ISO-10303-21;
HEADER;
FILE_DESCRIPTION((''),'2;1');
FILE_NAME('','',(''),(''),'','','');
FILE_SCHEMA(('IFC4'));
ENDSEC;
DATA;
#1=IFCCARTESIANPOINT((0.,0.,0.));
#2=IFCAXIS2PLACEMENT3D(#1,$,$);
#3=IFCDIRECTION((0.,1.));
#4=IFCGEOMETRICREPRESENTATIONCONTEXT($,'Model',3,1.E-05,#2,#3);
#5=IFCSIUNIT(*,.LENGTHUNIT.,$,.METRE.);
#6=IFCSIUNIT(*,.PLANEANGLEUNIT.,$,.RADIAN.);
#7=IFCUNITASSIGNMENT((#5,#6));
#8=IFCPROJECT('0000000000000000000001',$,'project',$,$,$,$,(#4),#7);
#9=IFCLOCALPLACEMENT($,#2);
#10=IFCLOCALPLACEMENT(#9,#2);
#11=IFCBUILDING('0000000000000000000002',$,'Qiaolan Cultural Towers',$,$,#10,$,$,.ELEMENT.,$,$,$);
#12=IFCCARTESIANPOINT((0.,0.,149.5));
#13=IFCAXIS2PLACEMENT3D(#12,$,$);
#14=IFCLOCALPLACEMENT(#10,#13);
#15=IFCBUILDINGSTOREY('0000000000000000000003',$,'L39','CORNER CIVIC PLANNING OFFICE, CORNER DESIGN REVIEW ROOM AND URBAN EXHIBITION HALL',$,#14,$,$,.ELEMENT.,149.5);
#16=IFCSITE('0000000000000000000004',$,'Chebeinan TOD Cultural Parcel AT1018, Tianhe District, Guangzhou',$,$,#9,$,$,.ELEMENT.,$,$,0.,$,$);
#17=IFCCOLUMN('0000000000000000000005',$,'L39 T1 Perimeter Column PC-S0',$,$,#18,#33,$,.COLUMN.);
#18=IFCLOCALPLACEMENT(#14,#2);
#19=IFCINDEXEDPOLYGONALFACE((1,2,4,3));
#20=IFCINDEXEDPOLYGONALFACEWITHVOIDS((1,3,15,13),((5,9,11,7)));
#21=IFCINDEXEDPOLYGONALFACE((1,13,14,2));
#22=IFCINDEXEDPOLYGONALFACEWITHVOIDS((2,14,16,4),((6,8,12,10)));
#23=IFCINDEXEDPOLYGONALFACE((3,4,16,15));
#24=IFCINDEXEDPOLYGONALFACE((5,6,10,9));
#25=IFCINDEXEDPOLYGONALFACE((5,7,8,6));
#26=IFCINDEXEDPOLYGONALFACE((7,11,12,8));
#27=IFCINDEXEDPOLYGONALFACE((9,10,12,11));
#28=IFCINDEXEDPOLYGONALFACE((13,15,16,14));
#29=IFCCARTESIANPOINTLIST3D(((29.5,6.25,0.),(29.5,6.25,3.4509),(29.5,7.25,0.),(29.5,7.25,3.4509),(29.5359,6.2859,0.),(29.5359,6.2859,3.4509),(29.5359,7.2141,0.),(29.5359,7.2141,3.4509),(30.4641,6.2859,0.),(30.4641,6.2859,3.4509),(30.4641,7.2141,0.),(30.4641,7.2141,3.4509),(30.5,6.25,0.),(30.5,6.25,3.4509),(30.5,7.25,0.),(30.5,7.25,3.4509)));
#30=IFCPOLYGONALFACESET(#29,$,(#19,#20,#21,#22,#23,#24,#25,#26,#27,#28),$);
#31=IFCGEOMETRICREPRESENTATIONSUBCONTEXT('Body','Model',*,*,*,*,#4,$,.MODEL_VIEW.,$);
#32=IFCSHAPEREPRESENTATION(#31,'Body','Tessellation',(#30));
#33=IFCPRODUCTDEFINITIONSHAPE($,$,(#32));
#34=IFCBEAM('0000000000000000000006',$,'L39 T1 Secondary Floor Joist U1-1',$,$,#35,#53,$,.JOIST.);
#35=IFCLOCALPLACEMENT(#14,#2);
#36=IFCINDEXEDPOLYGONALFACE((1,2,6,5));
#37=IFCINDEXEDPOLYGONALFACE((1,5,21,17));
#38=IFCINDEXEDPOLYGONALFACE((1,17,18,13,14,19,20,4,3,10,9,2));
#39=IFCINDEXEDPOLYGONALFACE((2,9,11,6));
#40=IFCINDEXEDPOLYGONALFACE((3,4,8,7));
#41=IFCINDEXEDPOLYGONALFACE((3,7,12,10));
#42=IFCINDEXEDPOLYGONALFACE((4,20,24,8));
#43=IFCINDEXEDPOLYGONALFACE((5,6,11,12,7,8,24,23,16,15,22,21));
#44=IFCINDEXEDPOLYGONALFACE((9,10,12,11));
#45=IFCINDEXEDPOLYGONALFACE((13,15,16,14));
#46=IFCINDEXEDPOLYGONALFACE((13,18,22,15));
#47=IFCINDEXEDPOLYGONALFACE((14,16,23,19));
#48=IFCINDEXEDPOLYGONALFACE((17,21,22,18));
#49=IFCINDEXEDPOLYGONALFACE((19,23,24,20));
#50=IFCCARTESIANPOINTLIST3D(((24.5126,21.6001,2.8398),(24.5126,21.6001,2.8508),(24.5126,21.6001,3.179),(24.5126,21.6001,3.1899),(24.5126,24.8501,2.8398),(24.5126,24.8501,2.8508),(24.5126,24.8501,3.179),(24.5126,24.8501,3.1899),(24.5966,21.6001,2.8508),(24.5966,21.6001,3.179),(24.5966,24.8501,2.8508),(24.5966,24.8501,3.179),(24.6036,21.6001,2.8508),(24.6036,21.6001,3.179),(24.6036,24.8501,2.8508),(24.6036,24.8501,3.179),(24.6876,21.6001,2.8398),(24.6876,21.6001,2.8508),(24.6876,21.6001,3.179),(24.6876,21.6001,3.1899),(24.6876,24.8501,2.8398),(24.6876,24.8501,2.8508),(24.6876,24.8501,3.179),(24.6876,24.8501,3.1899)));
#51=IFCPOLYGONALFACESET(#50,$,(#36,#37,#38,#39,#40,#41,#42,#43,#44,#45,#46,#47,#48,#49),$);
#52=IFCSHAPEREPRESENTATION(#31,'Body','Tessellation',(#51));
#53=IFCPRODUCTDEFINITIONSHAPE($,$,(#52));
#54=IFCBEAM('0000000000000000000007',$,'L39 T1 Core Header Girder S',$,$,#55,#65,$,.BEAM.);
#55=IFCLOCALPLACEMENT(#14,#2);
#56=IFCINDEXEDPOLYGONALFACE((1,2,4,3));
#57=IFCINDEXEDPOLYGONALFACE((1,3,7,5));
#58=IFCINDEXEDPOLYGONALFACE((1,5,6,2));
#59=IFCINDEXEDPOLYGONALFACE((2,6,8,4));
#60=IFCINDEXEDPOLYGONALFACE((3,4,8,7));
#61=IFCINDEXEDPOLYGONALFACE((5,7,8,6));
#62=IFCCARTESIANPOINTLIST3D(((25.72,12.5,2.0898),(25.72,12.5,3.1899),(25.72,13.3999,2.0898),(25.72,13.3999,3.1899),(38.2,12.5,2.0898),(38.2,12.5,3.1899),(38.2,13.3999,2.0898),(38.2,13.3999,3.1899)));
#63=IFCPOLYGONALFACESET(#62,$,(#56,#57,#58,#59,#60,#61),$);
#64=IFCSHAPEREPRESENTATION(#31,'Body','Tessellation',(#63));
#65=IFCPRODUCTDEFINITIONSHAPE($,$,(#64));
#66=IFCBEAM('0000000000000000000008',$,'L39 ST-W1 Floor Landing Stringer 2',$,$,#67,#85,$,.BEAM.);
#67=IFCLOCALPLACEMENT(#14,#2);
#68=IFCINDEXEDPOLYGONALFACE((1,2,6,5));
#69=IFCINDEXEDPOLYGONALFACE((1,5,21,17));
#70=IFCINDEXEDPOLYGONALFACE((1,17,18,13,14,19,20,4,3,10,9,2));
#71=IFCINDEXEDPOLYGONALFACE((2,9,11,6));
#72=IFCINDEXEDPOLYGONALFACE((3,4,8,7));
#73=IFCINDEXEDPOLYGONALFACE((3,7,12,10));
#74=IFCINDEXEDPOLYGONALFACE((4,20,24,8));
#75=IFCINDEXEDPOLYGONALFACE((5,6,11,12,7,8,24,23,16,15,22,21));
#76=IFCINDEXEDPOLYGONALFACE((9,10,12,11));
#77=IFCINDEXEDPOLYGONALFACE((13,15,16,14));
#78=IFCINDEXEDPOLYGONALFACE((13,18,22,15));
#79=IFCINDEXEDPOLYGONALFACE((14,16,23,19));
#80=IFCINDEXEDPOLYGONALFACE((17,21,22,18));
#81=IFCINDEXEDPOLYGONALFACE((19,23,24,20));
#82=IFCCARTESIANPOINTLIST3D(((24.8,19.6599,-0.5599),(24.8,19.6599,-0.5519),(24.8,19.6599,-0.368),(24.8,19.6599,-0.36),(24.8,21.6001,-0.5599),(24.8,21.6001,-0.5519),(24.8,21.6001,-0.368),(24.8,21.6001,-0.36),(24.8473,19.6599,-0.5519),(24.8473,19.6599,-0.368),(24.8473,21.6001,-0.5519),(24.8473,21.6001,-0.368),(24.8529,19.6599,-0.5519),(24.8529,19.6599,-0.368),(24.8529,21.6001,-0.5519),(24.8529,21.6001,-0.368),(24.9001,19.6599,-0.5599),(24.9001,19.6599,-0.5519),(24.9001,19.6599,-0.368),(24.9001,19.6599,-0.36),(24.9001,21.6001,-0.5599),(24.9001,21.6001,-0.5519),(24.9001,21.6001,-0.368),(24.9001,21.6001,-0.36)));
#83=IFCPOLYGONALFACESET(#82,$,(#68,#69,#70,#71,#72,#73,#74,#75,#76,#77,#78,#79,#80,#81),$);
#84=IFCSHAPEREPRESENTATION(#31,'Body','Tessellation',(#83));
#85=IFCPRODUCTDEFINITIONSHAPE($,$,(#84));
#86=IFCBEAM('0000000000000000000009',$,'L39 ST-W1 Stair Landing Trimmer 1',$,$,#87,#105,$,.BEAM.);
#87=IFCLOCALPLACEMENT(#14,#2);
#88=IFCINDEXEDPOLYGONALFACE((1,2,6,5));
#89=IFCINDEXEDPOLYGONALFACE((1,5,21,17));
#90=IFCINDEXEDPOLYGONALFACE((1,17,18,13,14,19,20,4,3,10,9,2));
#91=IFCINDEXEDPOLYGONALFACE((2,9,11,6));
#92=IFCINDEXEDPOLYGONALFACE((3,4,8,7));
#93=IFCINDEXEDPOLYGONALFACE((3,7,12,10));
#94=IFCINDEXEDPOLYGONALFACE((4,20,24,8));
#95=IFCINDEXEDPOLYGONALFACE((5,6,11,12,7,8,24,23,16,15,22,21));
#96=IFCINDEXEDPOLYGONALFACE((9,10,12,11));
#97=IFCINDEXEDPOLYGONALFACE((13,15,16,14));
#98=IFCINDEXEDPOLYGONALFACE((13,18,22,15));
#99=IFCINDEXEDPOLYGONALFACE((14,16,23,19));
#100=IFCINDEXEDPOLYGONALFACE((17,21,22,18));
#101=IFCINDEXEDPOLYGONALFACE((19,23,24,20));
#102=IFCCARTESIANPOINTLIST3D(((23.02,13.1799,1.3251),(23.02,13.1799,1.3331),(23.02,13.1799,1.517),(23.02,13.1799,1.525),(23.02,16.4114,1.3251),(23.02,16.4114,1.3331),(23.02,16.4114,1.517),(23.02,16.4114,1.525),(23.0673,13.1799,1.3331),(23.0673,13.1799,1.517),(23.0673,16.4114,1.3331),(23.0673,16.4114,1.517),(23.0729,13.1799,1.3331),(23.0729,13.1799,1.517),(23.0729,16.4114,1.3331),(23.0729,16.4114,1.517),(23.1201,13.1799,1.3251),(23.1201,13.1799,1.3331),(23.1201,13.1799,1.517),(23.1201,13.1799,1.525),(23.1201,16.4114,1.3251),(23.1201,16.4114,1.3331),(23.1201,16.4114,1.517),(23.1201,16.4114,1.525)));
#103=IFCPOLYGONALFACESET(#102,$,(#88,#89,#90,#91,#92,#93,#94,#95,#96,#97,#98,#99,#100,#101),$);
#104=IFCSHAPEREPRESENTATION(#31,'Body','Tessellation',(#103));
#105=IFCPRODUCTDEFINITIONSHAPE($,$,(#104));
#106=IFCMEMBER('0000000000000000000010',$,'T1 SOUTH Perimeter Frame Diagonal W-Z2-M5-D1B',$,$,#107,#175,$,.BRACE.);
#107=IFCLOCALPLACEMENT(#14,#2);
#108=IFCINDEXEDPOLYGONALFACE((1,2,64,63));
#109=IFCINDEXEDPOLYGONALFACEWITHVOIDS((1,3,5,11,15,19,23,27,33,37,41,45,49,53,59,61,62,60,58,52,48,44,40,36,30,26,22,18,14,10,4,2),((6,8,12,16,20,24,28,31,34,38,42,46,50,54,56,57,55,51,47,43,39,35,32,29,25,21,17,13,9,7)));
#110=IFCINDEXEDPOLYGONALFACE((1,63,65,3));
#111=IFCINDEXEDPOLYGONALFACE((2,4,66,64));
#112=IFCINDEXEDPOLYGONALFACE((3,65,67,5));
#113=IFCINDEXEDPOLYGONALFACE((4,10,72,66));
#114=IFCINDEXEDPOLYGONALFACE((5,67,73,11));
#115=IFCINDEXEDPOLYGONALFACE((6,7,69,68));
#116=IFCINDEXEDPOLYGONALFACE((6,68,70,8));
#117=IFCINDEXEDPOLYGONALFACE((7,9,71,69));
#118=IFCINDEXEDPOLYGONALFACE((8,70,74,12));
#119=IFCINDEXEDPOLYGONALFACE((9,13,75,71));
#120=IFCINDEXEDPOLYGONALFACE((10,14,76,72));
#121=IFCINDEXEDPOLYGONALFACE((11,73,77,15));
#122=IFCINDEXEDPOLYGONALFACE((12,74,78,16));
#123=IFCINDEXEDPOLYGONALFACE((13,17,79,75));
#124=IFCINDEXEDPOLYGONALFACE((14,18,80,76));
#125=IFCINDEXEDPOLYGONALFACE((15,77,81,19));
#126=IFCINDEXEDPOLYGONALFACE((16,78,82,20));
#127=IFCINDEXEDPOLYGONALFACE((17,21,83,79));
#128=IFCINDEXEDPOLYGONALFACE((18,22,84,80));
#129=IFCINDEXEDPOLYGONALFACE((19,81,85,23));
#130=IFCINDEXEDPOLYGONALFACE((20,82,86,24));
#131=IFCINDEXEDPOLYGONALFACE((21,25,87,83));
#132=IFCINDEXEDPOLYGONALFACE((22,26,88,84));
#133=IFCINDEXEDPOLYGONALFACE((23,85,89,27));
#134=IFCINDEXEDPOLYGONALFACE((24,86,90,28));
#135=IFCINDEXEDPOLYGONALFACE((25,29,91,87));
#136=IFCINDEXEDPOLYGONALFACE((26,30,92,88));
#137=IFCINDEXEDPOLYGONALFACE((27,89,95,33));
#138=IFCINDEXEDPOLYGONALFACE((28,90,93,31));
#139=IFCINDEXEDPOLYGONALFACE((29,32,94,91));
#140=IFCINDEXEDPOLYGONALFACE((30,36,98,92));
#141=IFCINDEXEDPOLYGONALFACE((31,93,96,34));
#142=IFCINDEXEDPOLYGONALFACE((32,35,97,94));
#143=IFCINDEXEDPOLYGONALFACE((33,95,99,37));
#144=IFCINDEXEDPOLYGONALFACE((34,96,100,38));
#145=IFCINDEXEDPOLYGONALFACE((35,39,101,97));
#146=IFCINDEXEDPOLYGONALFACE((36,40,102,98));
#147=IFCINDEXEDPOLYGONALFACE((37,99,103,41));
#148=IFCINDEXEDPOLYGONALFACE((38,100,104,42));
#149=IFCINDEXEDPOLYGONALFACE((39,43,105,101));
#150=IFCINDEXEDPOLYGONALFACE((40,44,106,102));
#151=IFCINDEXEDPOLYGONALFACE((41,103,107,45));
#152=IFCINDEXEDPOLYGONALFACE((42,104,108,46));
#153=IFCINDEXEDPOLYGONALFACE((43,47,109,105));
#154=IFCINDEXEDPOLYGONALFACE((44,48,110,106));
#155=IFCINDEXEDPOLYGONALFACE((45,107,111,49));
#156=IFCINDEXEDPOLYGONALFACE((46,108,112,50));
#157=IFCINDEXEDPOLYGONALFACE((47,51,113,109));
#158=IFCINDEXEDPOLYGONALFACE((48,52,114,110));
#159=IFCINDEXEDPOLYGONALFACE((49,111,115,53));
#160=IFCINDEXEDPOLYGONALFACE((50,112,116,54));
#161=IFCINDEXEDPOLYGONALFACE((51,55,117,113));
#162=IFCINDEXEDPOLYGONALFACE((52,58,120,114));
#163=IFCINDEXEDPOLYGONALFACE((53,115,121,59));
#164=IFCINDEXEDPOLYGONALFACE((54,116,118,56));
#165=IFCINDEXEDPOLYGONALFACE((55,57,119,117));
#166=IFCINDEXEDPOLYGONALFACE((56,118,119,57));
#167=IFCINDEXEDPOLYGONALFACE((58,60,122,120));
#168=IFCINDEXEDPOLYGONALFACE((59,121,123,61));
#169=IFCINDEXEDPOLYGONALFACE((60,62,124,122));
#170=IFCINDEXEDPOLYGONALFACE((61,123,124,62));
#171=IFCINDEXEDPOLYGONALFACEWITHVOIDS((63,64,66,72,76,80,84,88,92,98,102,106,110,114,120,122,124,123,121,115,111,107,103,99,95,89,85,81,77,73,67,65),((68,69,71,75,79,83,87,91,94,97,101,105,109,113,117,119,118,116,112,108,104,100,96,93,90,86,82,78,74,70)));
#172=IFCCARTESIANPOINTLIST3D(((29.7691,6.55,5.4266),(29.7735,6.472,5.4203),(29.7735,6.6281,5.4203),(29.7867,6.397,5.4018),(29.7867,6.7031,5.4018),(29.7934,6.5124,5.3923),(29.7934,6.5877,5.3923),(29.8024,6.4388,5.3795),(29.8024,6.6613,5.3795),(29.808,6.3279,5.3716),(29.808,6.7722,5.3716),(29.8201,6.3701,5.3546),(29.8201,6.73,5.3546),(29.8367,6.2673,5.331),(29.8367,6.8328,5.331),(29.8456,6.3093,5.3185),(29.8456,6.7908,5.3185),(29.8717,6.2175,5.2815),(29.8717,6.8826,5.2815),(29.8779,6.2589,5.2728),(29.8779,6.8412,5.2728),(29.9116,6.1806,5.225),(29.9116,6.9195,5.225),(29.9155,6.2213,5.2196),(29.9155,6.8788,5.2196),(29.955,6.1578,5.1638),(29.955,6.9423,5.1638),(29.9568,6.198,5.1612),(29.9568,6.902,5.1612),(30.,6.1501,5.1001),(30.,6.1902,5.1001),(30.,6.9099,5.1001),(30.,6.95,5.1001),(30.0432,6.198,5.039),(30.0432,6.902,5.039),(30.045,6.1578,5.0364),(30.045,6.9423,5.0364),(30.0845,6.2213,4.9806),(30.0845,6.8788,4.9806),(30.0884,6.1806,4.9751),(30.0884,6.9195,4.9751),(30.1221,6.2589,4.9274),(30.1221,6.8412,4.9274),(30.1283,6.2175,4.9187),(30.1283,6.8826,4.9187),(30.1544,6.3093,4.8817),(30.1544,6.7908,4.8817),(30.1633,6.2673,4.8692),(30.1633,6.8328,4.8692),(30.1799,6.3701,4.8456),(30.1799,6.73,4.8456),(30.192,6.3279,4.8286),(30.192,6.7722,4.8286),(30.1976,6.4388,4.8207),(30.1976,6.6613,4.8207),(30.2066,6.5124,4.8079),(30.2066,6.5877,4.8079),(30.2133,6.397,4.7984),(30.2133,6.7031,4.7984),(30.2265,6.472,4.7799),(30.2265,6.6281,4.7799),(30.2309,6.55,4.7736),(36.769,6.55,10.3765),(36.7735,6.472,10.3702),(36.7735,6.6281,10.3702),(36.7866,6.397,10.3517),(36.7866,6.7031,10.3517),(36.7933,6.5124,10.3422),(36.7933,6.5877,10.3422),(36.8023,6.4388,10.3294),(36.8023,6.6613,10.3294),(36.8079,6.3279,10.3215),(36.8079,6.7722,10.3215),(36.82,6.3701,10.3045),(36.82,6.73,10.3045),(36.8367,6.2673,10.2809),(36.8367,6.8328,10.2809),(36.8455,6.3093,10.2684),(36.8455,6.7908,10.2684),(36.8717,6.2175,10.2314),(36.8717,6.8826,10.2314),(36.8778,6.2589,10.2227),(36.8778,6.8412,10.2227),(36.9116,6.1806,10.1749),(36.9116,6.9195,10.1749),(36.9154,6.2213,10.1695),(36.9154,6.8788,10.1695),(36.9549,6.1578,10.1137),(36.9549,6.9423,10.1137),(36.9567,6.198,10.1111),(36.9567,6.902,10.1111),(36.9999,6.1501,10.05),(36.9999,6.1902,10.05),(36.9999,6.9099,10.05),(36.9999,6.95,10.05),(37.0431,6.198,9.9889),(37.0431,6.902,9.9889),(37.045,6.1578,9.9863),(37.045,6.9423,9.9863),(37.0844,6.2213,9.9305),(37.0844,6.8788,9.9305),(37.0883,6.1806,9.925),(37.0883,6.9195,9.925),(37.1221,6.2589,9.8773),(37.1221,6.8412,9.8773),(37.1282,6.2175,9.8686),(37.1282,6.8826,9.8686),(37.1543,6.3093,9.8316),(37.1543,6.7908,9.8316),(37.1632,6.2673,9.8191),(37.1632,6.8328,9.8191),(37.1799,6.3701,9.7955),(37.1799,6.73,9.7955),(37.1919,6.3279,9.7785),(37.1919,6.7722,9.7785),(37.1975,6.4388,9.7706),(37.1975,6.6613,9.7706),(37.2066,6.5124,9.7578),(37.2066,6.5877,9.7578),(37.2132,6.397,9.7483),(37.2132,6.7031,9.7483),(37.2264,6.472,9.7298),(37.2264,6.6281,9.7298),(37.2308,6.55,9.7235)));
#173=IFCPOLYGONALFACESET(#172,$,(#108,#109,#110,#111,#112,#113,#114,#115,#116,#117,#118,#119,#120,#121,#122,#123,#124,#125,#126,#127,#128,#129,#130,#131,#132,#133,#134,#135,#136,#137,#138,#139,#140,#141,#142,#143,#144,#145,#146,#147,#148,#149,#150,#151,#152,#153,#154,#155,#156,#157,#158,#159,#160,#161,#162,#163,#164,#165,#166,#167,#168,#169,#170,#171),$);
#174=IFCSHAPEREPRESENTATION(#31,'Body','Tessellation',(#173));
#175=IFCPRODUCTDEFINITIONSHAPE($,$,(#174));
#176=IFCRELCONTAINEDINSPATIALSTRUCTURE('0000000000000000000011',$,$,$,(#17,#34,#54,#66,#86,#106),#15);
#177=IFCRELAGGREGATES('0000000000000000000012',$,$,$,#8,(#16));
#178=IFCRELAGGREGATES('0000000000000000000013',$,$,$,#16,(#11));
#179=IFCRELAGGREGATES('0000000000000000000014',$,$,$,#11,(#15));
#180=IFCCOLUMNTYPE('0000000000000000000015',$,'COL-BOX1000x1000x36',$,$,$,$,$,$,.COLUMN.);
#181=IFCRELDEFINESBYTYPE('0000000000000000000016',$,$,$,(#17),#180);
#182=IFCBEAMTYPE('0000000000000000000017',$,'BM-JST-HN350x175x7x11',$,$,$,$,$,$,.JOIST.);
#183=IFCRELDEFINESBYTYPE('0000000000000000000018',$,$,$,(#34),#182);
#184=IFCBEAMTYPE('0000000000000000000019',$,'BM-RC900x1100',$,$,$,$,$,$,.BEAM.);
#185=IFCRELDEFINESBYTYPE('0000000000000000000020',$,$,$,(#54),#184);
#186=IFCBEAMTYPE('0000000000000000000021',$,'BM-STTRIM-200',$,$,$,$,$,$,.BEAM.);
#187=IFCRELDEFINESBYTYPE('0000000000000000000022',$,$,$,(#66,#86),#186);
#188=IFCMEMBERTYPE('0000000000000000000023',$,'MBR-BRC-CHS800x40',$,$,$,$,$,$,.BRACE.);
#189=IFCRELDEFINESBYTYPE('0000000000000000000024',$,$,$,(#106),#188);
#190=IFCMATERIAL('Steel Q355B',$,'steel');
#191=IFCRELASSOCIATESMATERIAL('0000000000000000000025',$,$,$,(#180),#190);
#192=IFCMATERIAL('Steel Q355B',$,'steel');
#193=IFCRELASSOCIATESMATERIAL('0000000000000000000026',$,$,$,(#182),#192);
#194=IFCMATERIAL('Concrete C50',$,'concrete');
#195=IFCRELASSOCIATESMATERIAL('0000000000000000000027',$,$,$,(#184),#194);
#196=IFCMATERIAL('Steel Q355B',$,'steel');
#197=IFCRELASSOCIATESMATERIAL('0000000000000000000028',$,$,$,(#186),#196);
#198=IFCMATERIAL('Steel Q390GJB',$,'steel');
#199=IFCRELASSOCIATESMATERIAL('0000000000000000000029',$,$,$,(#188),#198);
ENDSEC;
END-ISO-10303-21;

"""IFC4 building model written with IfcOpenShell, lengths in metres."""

from ifc_helpers import new_model, si_unit, direction, frame, origin, origin_2d, place, context, subcontext, project, spatial, rectangle, hollow_rectangle, hollow_circle, i_section, extrude, material, material_profile, profile_set, type_object, element, save


model = new_model("IFC4")

# Units and contexts
model_context = context("Model", 3, precision=1e-05, world=origin(), true_north=direction((0.0, 1.0)))
body_context = subcontext(model_context, "Body", "Model", "MODEL_VIEW")
ifc_project = project(units=[si_unit("LENGTHUNIT", "METRE"), si_unit("PLANEANGLEUNIT", "RADIAN")], contexts=[model_context])

# Site, building, storey
site_placement = place(None, origin())
site = spatial("IfcSite", under=ifc_project, at=site_placement, Name="Chebeinan TOD Cultural Parcel AT1018, Tianhe District, Guangzhou", CompositionType="ELEMENT", RefElevation=0.0)
building_placement = place(site_placement, origin())
building = spatial("IfcBuilding", under=site, at=building_placement, Name="Qiaolan Cultural Towers", CompositionType="ELEMENT")
storey_placement = place(building_placement, frame((0.0, 0.0, 149.5)))
storey = spatial("IfcBuildingStorey", under=building, at=storey_placement, Name="L39", Description="CORNER CIVIC PLANNING OFFICE, CORNER DESIGN REVIEW ROOM AND URBAN EXHIBITION HALL", CompositionType="ELEMENT", Elevation=149.5)

# Column
ifc_material_1 = material(Name="Steel Q355B", Category="steel")
ifc_material_profile_1 = material_profile(ifc_material_1, hollow_rectangle(XDim=1.0, YDim=1.0, WallThickness=0.0359, at=origin_2d()), Name="BOX1000x1000x36")
ifc_profile_set_1 = profile_set([ifc_material_profile_1], Name="Steel Q355B")
column_type = type_object("IfcColumnType", Name="COL-BOX1000x1000x36", PredefinedType="COLUMN", material=ifc_profile_set_1)
column_placement = place(storey_placement, frame((30.0, 6.75, 0.0), z_axis=(0.0, 0.0, 1.0), x_axis=(1.0, 0.0, 0.0)))
element("IfcColumn", 1, at=column_placement, inside=storey, type_object=column_type, Name="L39 T1 Perimeter Column PC-S0", PredefinedType="COLUMN", context=body_context, shape_type="SweptSolid", body=[
    extrude(hollow_rectangle(XDim=1.0, YDim=1.0, WallThickness=0.0359, at=origin_2d()), origin(), (0.0, 0.0, 1.0), 3.4509),
])

# Beams
ifc_material_2 = material(Name="Steel Q355B", Category="steel")
ifc_material_profile_2 = material_profile(ifc_material_2, i_section(OverallWidth=0.175, OverallDepth=0.3501, WebThickness=0.0071, FlangeThickness=0.011, at=origin_2d()), Name="HN350x175x7x11")
ifc_profile_set_2 = profile_set([ifc_material_profile_2], Name="Steel Q355B")
beam_type_1 = type_object("IfcBeamType", Name="BM-JST-HN350x175x7x11", PredefinedType="JOIST", material=ifc_profile_set_2)
beam_1_placement = place(storey_placement, frame((24.6001, 21.6001, 3.0149), z_axis=(0.0, 1.0, 0.0), x_axis=(-1.0, 0.0, 0.0)))
element("IfcBeam", 2, at=beam_1_placement, inside=storey, type_object=beam_type_1, Name="L39 T1 Secondary Floor Joist U1-1", PredefinedType="JOIST", context=body_context, shape_type="SweptSolid", body=[
    extrude(i_section(OverallWidth=0.175, OverallDepth=0.3501, WebThickness=0.0071, FlangeThickness=0.011, at=origin_2d()), origin(), (0.0, 0.0, 1.0), 3.25),
])
ifc_material_3 = material(Name="Concrete C50", Category="concrete")
ifc_material_profile_3 = material_profile(ifc_material_3, rectangle(XDim=0.8999, YDim=1.1001, at=origin_2d()), Name="RC900x1100")
ifc_profile_set_3 = profile_set([ifc_material_profile_3], Name="Concrete C50")
beam_type_2 = type_object("IfcBeamType", Name="BM-RC900x1100", PredefinedType="BEAM", material=ifc_profile_set_3)
beam_2_placement = place(storey_placement, frame((25.72, 12.95, 2.6399), z_axis=(1.0, 0.0, 0.0), x_axis=(0.0, 1.0, 0.0)))
element("IfcBeam", 3, at=beam_2_placement, inside=storey, type_object=beam_type_2, Name="L39 T1 Core Header Girder S", PredefinedType="BEAM", context=body_context, shape_type="SweptSolid", body=[
    extrude(rectangle(XDim=0.8999, YDim=1.1001, at=origin_2d()), origin(), (0.0, 0.0, 1.0), 12.48),
])
ifc_material_4 = material(Name="Steel Q355B", Category="steel")
ifc_material_profile_4 = material_profile(ifc_material_4, i_section(OverallWidth=0.1001, OverallDepth=0.2, WebThickness=0.0056, FlangeThickness=0.0081, at=origin_2d()), Name="HN200x100x5.5x8")
ifc_profile_set_4 = profile_set([ifc_material_profile_4], Name="Steel Q355B")
beam_type_3 = type_object("IfcBeamType", Name="BM-STTRIM-200", PredefinedType="BEAM", material=ifc_profile_set_4)
beam_3_placement = place(storey_placement, frame((24.8501, 21.6001, -0.46), z_axis=(0.0, -1.0, 0.0), x_axis=(1.0, 0.0, 0.0)))
element("IfcBeam", 4, at=beam_3_placement, inside=storey, type_object=beam_type_3, Name="L39 ST-W1 Floor Landing Stringer 2", PredefinedType="BEAM", context=body_context, shape_type="SweptSolid", body=[
    extrude(i_section(OverallWidth=0.1001, OverallDepth=0.2, WebThickness=0.0056, FlangeThickness=0.0081, at=origin_2d()), origin(), (0.0, 0.0, 1.0), 1.9402),
])
beam_4_placement = place(storey_placement, frame((23.0701, 16.4114, 1.425), z_axis=(0.0, -1.0, 0.0), x_axis=(1.0, 0.0, 0.0)))
element("IfcBeam", 5, at=beam_4_placement, inside=storey, type_object=beam_type_3, Name="L39 ST-W1 Stair Landing Trimmer 1", PredefinedType="BEAM", context=body_context, shape_type="SweptSolid", body=[
    extrude(i_section(OverallWidth=0.1001, OverallDepth=0.2, WebThickness=0.0056, FlangeThickness=0.0081, at=origin_2d()), origin(), (0.0, 0.0, 1.0), 3.2314),
])

# Member
ifc_material_5 = material(Name="Steel Q390GJB", Category="steel")
ifc_material_profile_5 = material_profile(ifc_material_5, hollow_circle(Radius=0.3999, WallThickness=0.04, at=origin_2d()), Name="CHS800x40")
ifc_profile_set_5 = profile_set([ifc_material_profile_5], Name="Steel Q390GJB")
member_type = type_object("IfcMemberType", Name="MBR-BRC-CHS800x40", PredefinedType="BRACE", material=ifc_profile_set_5)
for number, where, z_axis, x_axis, name in (
    (6, (30.0, 6.55, 5.1001), (0.816485, 0.0, 0.577366), (0.0, 1.0, 0.0), "T1 SOUTH Perimeter Frame Diagonal W-Z2-M5-D1B"),
):
    element("IfcMember", number, at=place(storey_placement, frame(where, z_axis=z_axis, x_axis=x_axis)), inside=storey, type_object=member_type, Name=name, PredefinedType="BRACE", context=body_context, shape_type="SweptSolid", body=[
        extrude(hollow_circle(Radius=0.3999, WallThickness=0.04, at=origin_2d()), origin(), (0.0, 0.0, 1.0), 8.5732),
    ])

save(model, "model.ifc")
